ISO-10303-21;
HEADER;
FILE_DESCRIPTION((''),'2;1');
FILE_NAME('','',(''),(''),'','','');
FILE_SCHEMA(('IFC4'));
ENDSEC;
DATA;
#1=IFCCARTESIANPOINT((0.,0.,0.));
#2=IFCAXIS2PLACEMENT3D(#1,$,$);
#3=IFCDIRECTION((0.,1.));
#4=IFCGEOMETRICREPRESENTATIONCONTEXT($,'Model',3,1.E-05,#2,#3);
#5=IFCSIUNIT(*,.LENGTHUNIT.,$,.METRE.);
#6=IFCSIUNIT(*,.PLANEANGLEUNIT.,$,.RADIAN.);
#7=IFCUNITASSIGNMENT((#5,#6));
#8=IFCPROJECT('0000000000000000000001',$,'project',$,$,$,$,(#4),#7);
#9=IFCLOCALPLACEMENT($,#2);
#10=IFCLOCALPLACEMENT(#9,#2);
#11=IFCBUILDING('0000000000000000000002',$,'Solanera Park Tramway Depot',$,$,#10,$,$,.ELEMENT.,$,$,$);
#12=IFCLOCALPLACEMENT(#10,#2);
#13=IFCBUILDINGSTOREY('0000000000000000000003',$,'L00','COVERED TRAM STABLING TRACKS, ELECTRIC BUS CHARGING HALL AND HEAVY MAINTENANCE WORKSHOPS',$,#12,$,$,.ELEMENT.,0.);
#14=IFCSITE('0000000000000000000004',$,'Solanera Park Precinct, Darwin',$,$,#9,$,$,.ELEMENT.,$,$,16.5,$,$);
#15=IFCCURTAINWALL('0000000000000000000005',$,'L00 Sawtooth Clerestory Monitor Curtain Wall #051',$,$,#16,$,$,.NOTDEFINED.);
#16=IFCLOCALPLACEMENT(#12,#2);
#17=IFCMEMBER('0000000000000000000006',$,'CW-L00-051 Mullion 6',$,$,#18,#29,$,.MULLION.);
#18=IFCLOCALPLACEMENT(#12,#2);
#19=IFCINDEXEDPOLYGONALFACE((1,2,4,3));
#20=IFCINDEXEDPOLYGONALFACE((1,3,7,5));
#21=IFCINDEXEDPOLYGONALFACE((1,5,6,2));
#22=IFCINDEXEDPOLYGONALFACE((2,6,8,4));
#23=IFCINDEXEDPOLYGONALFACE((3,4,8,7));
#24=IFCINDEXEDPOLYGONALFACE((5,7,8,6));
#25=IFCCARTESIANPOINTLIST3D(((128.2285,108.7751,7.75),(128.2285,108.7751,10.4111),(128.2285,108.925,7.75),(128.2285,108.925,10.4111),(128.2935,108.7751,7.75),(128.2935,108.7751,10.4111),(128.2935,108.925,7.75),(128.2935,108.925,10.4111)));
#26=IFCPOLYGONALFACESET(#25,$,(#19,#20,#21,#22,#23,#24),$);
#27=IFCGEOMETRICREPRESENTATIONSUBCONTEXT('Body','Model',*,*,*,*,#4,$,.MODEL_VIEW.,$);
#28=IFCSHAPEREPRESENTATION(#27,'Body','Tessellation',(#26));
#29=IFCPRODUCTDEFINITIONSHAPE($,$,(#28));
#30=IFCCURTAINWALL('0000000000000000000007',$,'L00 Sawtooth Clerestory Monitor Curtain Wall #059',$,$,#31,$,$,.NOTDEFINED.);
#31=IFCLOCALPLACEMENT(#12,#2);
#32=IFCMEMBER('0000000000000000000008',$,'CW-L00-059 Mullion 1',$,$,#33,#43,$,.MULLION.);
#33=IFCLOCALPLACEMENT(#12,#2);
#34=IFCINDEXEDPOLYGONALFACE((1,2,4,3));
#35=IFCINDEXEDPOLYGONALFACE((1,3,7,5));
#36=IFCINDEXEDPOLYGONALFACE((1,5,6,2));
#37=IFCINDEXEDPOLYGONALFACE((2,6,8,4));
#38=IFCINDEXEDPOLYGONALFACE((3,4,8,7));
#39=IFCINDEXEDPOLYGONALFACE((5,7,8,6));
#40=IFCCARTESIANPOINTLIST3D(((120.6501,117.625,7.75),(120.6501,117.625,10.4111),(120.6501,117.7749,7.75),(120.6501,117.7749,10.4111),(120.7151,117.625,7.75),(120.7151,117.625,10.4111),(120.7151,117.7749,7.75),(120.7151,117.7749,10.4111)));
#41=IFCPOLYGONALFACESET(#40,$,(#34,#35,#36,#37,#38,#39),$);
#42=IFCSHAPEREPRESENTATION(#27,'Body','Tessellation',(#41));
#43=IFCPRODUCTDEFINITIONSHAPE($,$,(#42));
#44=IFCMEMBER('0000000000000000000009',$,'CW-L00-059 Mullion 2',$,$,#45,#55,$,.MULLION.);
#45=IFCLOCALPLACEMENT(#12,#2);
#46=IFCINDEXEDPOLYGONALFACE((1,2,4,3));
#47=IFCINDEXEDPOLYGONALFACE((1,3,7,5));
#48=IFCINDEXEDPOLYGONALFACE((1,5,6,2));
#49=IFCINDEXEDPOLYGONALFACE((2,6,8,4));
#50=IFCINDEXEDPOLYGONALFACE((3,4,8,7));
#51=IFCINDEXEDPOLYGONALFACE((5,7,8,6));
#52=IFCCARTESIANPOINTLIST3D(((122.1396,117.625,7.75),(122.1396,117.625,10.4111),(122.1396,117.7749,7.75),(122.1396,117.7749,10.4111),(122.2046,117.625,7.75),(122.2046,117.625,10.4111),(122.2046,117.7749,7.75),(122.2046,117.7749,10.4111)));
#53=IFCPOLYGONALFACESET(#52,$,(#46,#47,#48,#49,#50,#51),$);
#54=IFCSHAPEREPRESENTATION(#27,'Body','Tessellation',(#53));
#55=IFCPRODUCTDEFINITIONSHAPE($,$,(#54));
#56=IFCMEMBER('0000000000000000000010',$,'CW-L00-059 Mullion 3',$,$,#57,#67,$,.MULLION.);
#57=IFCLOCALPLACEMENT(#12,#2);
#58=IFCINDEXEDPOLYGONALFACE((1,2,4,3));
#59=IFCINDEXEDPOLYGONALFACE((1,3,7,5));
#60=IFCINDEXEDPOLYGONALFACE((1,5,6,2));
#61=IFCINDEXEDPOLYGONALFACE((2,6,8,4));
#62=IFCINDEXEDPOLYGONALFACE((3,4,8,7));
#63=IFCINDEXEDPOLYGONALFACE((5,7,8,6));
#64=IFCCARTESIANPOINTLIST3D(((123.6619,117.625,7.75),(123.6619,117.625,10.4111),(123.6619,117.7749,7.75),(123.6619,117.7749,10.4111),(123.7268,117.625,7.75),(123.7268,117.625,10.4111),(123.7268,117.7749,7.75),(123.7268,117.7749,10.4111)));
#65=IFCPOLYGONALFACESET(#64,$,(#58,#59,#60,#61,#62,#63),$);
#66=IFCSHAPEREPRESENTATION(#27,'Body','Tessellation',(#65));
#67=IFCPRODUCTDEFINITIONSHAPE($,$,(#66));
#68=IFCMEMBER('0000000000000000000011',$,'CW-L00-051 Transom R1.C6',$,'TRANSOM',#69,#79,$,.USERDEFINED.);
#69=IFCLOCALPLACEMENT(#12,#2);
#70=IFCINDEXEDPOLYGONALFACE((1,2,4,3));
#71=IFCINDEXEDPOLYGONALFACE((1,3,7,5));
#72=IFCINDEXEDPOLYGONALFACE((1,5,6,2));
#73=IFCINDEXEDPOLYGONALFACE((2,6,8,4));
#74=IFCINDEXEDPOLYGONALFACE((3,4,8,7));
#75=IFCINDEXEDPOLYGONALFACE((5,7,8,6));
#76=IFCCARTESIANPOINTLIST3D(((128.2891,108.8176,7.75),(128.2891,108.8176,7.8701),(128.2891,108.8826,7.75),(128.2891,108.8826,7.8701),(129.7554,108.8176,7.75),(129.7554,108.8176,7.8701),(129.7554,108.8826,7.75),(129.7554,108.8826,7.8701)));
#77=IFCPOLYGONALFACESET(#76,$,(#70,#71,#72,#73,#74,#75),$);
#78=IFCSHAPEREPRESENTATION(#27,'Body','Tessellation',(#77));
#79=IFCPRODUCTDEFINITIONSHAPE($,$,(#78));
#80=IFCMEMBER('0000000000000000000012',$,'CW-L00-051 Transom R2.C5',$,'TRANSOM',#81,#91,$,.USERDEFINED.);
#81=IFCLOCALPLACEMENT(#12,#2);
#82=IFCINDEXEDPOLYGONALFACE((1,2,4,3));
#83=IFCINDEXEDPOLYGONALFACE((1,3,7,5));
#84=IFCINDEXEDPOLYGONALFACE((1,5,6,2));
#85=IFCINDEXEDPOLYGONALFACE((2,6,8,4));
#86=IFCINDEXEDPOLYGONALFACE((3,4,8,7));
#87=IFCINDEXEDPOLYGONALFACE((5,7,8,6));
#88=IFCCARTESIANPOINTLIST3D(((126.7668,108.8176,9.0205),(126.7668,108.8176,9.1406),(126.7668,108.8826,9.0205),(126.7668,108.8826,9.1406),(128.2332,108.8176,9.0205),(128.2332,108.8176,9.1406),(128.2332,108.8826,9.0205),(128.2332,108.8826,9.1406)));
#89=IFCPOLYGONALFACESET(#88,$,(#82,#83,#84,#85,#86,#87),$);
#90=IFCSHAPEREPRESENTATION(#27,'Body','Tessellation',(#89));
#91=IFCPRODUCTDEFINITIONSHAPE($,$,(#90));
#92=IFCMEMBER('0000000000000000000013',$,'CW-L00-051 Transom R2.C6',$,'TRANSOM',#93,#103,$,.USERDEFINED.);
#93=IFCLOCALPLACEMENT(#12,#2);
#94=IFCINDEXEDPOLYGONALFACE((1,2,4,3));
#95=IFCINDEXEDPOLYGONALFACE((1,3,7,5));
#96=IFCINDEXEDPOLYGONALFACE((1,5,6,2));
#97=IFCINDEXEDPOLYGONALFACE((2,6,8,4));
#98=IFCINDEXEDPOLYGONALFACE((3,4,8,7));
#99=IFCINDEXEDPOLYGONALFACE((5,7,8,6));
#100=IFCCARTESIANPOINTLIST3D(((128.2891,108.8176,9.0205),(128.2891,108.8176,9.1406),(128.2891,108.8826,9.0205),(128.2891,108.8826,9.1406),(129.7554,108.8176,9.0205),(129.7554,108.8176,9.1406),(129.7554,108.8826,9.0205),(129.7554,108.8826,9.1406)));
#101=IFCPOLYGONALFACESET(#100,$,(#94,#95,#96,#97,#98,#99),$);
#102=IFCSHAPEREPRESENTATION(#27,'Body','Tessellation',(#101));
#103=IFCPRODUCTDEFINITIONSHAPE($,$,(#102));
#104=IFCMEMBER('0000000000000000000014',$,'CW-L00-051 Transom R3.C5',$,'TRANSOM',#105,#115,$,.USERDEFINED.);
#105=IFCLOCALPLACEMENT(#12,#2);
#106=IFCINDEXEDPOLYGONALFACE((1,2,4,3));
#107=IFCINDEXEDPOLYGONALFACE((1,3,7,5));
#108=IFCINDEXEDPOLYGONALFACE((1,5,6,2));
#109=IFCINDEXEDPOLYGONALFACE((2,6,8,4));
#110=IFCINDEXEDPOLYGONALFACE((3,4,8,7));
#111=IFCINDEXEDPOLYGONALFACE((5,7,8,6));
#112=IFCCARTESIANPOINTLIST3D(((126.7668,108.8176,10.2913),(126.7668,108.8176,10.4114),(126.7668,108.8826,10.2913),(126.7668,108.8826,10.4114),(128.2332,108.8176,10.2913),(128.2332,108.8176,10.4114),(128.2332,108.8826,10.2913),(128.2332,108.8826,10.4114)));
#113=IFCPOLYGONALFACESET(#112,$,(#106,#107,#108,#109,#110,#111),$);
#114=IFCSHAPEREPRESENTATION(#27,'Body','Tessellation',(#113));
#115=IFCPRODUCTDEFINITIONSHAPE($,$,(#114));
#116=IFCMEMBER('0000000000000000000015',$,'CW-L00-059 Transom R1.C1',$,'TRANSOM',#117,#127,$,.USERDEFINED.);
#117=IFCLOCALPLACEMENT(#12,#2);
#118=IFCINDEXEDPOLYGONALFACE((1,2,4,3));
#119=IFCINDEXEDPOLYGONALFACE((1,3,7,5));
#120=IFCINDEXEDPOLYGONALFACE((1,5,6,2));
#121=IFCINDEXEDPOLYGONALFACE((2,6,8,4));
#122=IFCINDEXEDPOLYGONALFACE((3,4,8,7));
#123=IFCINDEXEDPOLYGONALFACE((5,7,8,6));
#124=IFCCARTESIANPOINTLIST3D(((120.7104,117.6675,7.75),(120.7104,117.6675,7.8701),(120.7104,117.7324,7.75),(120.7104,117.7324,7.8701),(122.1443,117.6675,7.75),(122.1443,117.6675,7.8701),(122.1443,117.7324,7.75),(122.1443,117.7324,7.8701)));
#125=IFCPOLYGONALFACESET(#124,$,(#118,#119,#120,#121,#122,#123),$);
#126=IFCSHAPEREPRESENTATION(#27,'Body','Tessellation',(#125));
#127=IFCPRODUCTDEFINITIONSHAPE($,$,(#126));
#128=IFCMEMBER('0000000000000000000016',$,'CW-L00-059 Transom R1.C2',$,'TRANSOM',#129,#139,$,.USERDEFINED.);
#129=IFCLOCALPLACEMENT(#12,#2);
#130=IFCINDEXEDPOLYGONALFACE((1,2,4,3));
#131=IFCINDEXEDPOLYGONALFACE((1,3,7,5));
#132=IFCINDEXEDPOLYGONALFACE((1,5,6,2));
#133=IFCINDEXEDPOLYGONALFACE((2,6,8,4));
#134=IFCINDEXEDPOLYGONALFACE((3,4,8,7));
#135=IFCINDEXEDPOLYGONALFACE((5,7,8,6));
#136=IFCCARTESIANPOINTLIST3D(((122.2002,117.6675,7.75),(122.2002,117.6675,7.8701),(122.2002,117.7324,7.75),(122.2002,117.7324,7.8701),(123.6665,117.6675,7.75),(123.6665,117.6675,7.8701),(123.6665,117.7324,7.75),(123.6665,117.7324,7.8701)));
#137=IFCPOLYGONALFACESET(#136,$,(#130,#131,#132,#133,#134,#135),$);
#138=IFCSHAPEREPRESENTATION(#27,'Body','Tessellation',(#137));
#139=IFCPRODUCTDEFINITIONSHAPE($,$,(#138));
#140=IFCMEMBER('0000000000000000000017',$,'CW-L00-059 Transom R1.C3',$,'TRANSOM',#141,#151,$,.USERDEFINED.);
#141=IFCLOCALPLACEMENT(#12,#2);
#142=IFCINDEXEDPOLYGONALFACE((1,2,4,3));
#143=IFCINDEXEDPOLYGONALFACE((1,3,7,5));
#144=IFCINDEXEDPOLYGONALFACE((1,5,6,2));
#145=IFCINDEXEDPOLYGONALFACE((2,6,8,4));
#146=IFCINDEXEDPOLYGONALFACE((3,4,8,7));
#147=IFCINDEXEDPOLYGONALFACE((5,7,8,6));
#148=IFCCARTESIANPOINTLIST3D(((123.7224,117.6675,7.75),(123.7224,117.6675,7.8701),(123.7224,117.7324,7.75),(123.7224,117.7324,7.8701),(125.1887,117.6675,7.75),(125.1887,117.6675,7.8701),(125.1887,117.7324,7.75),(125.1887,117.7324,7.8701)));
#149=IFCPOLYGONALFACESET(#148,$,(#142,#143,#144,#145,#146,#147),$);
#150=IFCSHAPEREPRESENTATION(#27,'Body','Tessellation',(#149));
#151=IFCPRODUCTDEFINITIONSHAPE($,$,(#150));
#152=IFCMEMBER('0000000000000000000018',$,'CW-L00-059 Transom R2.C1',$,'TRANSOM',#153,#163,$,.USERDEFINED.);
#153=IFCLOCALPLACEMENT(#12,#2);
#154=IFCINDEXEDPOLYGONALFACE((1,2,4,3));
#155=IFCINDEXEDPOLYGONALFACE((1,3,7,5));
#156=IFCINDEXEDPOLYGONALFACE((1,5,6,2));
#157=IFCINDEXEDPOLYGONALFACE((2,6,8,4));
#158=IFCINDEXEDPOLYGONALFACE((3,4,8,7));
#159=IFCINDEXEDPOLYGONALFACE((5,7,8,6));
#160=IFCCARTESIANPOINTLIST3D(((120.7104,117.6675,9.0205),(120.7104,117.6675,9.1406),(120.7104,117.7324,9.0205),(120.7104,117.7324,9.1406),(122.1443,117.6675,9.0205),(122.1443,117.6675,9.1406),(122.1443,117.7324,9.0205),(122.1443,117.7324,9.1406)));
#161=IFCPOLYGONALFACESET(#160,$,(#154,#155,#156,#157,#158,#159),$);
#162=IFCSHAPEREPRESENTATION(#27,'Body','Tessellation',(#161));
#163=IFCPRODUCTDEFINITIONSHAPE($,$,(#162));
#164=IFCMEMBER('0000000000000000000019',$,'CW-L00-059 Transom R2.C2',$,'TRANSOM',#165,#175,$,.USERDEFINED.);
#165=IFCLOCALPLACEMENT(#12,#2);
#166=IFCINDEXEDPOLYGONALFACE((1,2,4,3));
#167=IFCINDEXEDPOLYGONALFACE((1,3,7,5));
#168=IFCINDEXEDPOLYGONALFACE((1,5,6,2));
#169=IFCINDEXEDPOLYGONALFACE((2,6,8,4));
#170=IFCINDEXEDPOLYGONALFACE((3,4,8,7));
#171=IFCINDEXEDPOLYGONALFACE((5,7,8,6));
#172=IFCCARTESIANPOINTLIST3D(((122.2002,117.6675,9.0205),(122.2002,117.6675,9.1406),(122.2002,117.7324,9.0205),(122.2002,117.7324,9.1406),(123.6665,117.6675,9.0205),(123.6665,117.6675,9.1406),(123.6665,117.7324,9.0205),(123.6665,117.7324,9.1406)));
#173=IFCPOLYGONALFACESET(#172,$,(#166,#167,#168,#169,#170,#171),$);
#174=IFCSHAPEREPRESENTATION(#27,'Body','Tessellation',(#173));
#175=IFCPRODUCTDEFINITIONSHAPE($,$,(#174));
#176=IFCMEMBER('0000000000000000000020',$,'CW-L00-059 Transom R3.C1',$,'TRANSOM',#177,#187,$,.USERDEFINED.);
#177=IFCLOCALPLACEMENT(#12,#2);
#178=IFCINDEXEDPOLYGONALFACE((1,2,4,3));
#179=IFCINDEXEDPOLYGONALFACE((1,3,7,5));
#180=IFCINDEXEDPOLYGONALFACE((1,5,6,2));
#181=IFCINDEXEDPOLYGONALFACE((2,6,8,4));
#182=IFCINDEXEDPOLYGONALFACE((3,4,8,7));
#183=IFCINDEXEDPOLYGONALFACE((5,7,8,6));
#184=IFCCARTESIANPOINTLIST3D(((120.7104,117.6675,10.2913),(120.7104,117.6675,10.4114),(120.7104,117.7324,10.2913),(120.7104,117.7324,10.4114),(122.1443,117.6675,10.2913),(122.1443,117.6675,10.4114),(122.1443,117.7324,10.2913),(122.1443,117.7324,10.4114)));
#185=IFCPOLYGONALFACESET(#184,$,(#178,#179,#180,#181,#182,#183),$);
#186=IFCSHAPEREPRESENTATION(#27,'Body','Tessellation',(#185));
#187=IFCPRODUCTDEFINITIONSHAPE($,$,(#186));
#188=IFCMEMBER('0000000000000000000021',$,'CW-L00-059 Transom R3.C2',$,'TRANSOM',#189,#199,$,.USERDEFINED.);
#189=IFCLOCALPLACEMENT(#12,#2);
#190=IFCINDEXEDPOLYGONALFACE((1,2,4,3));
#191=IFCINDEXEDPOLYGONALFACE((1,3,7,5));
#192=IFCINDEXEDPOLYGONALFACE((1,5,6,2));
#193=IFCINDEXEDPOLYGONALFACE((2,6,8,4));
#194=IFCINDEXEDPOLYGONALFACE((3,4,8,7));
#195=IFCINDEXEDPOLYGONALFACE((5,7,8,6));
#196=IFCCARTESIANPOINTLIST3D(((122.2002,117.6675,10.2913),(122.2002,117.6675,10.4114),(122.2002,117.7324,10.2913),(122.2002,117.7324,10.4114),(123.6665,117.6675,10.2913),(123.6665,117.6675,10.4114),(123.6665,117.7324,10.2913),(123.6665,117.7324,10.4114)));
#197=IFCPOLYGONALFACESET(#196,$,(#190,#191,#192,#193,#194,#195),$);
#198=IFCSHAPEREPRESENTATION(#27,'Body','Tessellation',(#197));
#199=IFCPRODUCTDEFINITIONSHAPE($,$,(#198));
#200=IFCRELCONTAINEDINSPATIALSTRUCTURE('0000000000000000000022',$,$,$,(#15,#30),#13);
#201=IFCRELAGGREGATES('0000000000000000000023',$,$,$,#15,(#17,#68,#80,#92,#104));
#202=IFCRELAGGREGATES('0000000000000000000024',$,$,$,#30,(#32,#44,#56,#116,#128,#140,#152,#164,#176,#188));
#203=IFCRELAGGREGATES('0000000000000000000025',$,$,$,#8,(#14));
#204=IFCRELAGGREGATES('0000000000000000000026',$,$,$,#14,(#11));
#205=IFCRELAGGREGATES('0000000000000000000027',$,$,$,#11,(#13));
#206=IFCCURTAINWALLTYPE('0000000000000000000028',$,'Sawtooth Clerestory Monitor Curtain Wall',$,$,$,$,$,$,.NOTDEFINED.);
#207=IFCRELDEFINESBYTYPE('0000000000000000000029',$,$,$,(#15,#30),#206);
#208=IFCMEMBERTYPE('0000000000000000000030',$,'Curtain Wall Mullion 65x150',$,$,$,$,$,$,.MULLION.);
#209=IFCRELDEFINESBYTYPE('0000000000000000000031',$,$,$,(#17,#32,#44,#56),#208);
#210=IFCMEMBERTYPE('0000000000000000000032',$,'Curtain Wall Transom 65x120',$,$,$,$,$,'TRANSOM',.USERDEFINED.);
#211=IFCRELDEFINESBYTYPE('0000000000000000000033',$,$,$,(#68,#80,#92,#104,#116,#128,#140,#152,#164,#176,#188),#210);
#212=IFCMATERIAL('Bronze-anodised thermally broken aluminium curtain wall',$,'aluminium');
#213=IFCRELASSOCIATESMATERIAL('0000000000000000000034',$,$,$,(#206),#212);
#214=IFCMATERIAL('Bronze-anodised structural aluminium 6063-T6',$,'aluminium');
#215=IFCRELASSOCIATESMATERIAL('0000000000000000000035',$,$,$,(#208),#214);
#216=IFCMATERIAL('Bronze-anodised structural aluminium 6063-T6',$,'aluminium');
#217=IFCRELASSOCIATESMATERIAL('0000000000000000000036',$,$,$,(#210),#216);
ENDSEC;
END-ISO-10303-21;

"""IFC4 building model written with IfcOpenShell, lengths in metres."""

from ifc_helpers import new_model, si_unit, direction, frame, origin, origin_2d, place, context, subcontext, project, spatial, rectangle, extrude, material, material_profile, profile_set, type_object, element, aggregate, save


model = new_model("IFC4")

# Units and contexts
model_context = context("Model", 3, precision=1e-05, world=origin(), true_north=direction((0.0, 1.0)))
body_context = subcontext(model_context, "Body", "Model", "MODEL_VIEW")
ifc_project = project(units=[si_unit("LENGTHUNIT", "METRE"), si_unit("PLANEANGLEUNIT", "RADIAN")], contexts=[model_context])

# Site, building, storey
site_placement = place(None, origin())
site = spatial("IfcSite", under=ifc_project, at=site_placement, Name="Solanera Park Precinct, Darwin", CompositionType="ELEMENT", RefElevation=16.5)
building_placement = place(site_placement, origin())
building = spatial("IfcBuilding", under=site, at=building_placement, Name="Solanera Park Tramway Depot", CompositionType="ELEMENT")
storey_placement = place(building_placement, origin())
storey = spatial("IfcBuildingStorey", under=building, at=storey_placement, Name="L00", Description="COVERED TRAM STABLING TRACKS, ELECTRIC BUS CHARGING HALL AND HEAVY MAINTENANCE WORKSHOPS", CompositionType="ELEMENT", Elevation=0.0)

# Curtain wall, member
ifc_material_1 = material(Name="Bronze-anodised thermally broken aluminium curtain wall", Category="aluminium")
curtain_wall_type = type_object("IfcCurtainWallType", Name="Sawtooth Clerestory Monitor Curtain Wall", PredefinedType="NOTDEFINED", material=ifc_material_1)
curtain_wall_1_placement = place(storey_placement, origin())
curtain_wall_1 = element("IfcCurtainWall", 1, at=curtain_wall_1_placement, inside=storey, type_object=curtain_wall_type, Name="L00 Sawtooth Clerestory Monitor Curtain Wall #051", PredefinedType="NOTDEFINED")
ifc_material_2 = material(Name="Bronze-anodised structural aluminium 6063-T6", Category="aluminium")
ifc_material_profile_1 = material_profile(ifc_material_2, rectangle(XDim=0.0649, YDim=0.1499, at=origin_2d()), Name="Curtain Wall Mullion 65x150")
ifc_profile_set_1 = profile_set([ifc_material_profile_1], Name="Bronze-anodised structural aluminium 6063-T6")
member_type_1 = type_object("IfcMemberType", Name="Curtain Wall Mullion 65x150", PredefinedType="MULLION", material=ifc_profile_set_1)
member_1_placement = place(storey_placement, frame((128.261, 108.8501, 7.75), z_axis=(0.0, 0.0, 1.0), x_axis=(1.0, 0.0, 0.0)))
member_1 = element("IfcMember", 2, at=member_1_placement, type_object=member_type_1, Name="CW-L00-051 Mullion 6", PredefinedType="MULLION", context=body_context, shape_type="SweptSolid", body=[
    extrude(rectangle(XDim=0.0649, YDim=0.1499, at=origin_2d()), origin(), (0.0, 0.0, 1.0), 2.6611),
])

# Curtain wall, members
curtain_wall_2_placement = place(storey_placement, origin())
curtain_wall_2 = element("IfcCurtainWall", 3, at=curtain_wall_2_placement, inside=storey, type_object=curtain_wall_type, Name="L00 Sawtooth Clerestory Monitor Curtain Wall #059", PredefinedType="NOTDEFINED")
member_2_placement = place(storey_placement, frame((120.6826, 117.7, 7.75), z_axis=(0.0, 0.0, 1.0), x_axis=(1.0, 0.0, 0.0)))
member_2 = element("IfcMember", 4, at=member_2_placement, type_object=member_type_1, Name="CW-L00-059 Mullion 1", PredefinedType="MULLION", context=body_context, shape_type="SweptSolid", body=[
    extrude(rectangle(XDim=0.0649, YDim=0.1499, at=origin_2d()), origin(), (0.0, 0.0, 1.0), 2.6611),
])
member_3_placement = place(storey_placement, frame((122.1721, 117.7, 7.75), z_axis=(0.0, 0.0, 1.0), x_axis=(1.0, 0.0, 0.0)))
member_3 = element("IfcMember", 5, at=member_3_placement, type_object=member_type_1, Name="CW-L00-059 Mullion 2", PredefinedType="MULLION", context=body_context, shape_type="SweptSolid", body=[
    extrude(rectangle(XDim=0.0649, YDim=0.1499, at=origin_2d()), origin(), (0.0, 0.0, 1.0), 2.6611),
])
member_4_placement = place(storey_placement, frame((123.6943, 117.7, 7.75), z_axis=(0.0, 0.0, 1.0), x_axis=(1.0, 0.0, 0.0)))
member_4 = element("IfcMember", 6, at=member_4_placement, type_object=member_type_1, Name="CW-L00-059 Mullion 3", PredefinedType="MULLION", context=body_context, shape_type="SweptSolid", body=[
    extrude(rectangle(XDim=0.0649, YDim=0.1499, at=origin_2d()), origin(), (0.0, 0.0, 1.0), 2.6611),
])

# Members
ifc_material_3 = material(Name="Bronze-anodised structural aluminium 6063-T6", Category="aluminium")
ifc_material_profile_2 = material_profile(ifc_material_3, rectangle(XDim=0.0649, YDim=0.1201, at=origin_2d()), Name="Curtain Wall Transom 65x120")
ifc_profile_set_2 = profile_set([ifc_material_profile_2], Name="Bronze-anodised structural aluminium 6063-T6")
member_type_2 = type_object("IfcMemberType", Name="Curtain Wall Transom 65x120", ElementType="TRANSOM", PredefinedType="USERDEFINED", material=ifc_profile_set_2)
member_5_placement = place(storey_placement, frame((128.2891, 108.8501, 7.8101), z_axis=(1.0, 0.0, 0.0), x_axis=(0.0, 1.0, 0.0)))
member_5 = element("IfcMember", 7, at=member_5_placement, type_object=member_type_2, Name="CW-L00-051 Transom R1.C6", ObjectType="TRANSOM", PredefinedType="USERDEFINED", context=body_context, shape_type="SweptSolid", body=[
    extrude(rectangle(XDim=0.0649, YDim=0.1201, at=origin_2d()), origin(), (0.0, 0.0, 1.0), 1.4663),
])
member_6_placement = place(storey_placement, frame((126.7668, 108.8501, 9.0806), z_axis=(1.0, 0.0, 0.0), x_axis=(0.0, 1.0, 0.0)))
member_6 = element("IfcMember", 8, at=member_6_placement, type_object=member_type_2, Name="CW-L00-051 Transom R2.C5", ObjectType="TRANSOM", PredefinedType="USERDEFINED", context=body_context, shape_type="SweptSolid", body=[
    extrude(rectangle(XDim=0.0649, YDim=0.1201, at=origin_2d()), origin(), (0.0, 0.0, 1.0), 1.4663),
])
member_7_placement = place(storey_placement, frame((128.2891, 108.8501, 9.0806), z_axis=(1.0, 0.0, 0.0), x_axis=(0.0, 1.0, 0.0)))
member_7 = element("IfcMember", 9, at=member_7_placement, type_object=member_type_2, Name="CW-L00-051 Transom R2.C6", ObjectType="TRANSOM", PredefinedType="USERDEFINED", context=body_context, shape_type="SweptSolid", body=[
    extrude(rectangle(XDim=0.0649, YDim=0.1201, at=origin_2d()), origin(), (0.0, 0.0, 1.0), 1.4663),
])
member_8_placement = place(storey_placement, frame((126.7668, 108.8501, 10.3513), z_axis=(1.0, 0.0, 0.0), x_axis=(0.0, 1.0, 0.0)))
member_8 = element("IfcMember", 10, at=member_8_placement, type_object=member_type_2, Name="CW-L00-051 Transom R3.C5", ObjectType="TRANSOM", PredefinedType="USERDEFINED", context=body_context, shape_type="SweptSolid", body=[
    extrude(rectangle(XDim=0.0649, YDim=0.1201, at=origin_2d()), origin(), (0.0, 0.0, 1.0), 1.4663),
])
member_9_placement = place(storey_placement, frame((120.7104, 117.7, 7.8101), z_axis=(1.0, 0.0, 0.0), x_axis=(0.0, 1.0, 0.0)))
member_9 = element("IfcMember", 11, at=member_9_placement, type_object=member_type_2, Name="CW-L00-059 Transom R1.C1", ObjectType="TRANSOM", PredefinedType="USERDEFINED", context=body_context, shape_type="SweptSolid", body=[
    extrude(rectangle(XDim=0.0649, YDim=0.1201, at=origin_2d()), origin(), (0.0, 0.0, 1.0), 1.4338),
])
member_10_placement = place(storey_placement, frame((122.2002, 117.7, 7.8101), z_axis=(1.0, 0.0, 0.0), x_axis=(0.0, 1.0, 0.0)))
member_10 = element("IfcMember", 12, at=member_10_placement, type_object=member_type_2, Name="CW-L00-059 Transom R1.C2", ObjectType="TRANSOM", PredefinedType="USERDEFINED", context=body_context, shape_type="SweptSolid", body=[
    extrude(rectangle(XDim=0.0649, YDim=0.1201, at=origin_2d()), origin(), (0.0, 0.0, 1.0), 1.4663),
])
member_11_placement = place(storey_placement, frame((123.7224, 117.7, 7.8101), z_axis=(1.0, 0.0, 0.0), x_axis=(0.0, 1.0, 0.0)))
member_11 = element("IfcMember", 13, at=member_11_placement, type_object=member_type_2, Name="CW-L00-059 Transom R1.C3", ObjectType="TRANSOM", PredefinedType="USERDEFINED", context=body_context, shape_type="SweptSolid", body=[
    extrude(rectangle(XDim=0.0649, YDim=0.1201, at=origin_2d()), origin(), (0.0, 0.0, 1.0), 1.4663),
])
member_12_placement = place(storey_placement, frame((120.7104, 117.7, 9.0806), z_axis=(1.0, 0.0, 0.0), x_axis=(0.0, 1.0, 0.0)))
member_12 = element("IfcMember", 14, at=member_12_placement, type_object=member_type_2, Name="CW-L00-059 Transom R2.C1", ObjectType="TRANSOM", PredefinedType="USERDEFINED", context=body_context, shape_type="SweptSolid", body=[
    extrude(rectangle(XDim=0.0649, YDim=0.1201, at=origin_2d()), origin(), (0.0, 0.0, 1.0), 1.4338),
])
member_13_placement = place(storey_placement, frame((122.2002, 117.7, 9.0806), z_axis=(1.0, 0.0, 0.0), x_axis=(0.0, 1.0, 0.0)))
member_13 = element("IfcMember", 15, at=member_13_placement, type_object=member_type_2, Name="CW-L00-059 Transom R2.C2", ObjectType="TRANSOM", PredefinedType="USERDEFINED", context=body_context, shape_type="SweptSolid", body=[
    extrude(rectangle(XDim=0.0649, YDim=0.1201, at=origin_2d()), origin(), (0.0, 0.0, 1.0), 1.4663),
])
member_14_placement = place(storey_placement, frame((120.7104, 117.7, 10.3513), z_axis=(1.0, 0.0, 0.0), x_axis=(0.0, 1.0, 0.0)))
member_14 = element("IfcMember", 16, at=member_14_placement, type_object=member_type_2, Name="CW-L00-059 Transom R3.C1", ObjectType="TRANSOM", PredefinedType="USERDEFINED", context=body_context, shape_type="SweptSolid", body=[
    extrude(rectangle(XDim=0.0649, YDim=0.1201, at=origin_2d()), origin(), (0.0, 0.0, 1.0), 1.4338),
])
member_15_placement = place(storey_placement, frame((122.2002, 117.7, 10.3513), z_axis=(1.0, 0.0, 0.0), x_axis=(0.0, 1.0, 0.0)))
member_15 = element("IfcMember", 17, at=member_15_placement, type_object=member_type_2, Name="CW-L00-059 Transom R3.C2", ObjectType="TRANSOM", PredefinedType="USERDEFINED", context=body_context, shape_type="SweptSolid", body=[
    extrude(rectangle(XDim=0.0649, YDim=0.1201, at=origin_2d()), origin(), (0.0, 0.0, 1.0), 1.4663),
])

aggregate(curtain_wall_1, [member_1, member_5, member_6, member_7, member_8])
aggregate(curtain_wall_2, [member_2, member_3, member_4, member_9, member_10, member_11, member_12, member_13, member_14, member_15])

save(model, "model.ifc")
